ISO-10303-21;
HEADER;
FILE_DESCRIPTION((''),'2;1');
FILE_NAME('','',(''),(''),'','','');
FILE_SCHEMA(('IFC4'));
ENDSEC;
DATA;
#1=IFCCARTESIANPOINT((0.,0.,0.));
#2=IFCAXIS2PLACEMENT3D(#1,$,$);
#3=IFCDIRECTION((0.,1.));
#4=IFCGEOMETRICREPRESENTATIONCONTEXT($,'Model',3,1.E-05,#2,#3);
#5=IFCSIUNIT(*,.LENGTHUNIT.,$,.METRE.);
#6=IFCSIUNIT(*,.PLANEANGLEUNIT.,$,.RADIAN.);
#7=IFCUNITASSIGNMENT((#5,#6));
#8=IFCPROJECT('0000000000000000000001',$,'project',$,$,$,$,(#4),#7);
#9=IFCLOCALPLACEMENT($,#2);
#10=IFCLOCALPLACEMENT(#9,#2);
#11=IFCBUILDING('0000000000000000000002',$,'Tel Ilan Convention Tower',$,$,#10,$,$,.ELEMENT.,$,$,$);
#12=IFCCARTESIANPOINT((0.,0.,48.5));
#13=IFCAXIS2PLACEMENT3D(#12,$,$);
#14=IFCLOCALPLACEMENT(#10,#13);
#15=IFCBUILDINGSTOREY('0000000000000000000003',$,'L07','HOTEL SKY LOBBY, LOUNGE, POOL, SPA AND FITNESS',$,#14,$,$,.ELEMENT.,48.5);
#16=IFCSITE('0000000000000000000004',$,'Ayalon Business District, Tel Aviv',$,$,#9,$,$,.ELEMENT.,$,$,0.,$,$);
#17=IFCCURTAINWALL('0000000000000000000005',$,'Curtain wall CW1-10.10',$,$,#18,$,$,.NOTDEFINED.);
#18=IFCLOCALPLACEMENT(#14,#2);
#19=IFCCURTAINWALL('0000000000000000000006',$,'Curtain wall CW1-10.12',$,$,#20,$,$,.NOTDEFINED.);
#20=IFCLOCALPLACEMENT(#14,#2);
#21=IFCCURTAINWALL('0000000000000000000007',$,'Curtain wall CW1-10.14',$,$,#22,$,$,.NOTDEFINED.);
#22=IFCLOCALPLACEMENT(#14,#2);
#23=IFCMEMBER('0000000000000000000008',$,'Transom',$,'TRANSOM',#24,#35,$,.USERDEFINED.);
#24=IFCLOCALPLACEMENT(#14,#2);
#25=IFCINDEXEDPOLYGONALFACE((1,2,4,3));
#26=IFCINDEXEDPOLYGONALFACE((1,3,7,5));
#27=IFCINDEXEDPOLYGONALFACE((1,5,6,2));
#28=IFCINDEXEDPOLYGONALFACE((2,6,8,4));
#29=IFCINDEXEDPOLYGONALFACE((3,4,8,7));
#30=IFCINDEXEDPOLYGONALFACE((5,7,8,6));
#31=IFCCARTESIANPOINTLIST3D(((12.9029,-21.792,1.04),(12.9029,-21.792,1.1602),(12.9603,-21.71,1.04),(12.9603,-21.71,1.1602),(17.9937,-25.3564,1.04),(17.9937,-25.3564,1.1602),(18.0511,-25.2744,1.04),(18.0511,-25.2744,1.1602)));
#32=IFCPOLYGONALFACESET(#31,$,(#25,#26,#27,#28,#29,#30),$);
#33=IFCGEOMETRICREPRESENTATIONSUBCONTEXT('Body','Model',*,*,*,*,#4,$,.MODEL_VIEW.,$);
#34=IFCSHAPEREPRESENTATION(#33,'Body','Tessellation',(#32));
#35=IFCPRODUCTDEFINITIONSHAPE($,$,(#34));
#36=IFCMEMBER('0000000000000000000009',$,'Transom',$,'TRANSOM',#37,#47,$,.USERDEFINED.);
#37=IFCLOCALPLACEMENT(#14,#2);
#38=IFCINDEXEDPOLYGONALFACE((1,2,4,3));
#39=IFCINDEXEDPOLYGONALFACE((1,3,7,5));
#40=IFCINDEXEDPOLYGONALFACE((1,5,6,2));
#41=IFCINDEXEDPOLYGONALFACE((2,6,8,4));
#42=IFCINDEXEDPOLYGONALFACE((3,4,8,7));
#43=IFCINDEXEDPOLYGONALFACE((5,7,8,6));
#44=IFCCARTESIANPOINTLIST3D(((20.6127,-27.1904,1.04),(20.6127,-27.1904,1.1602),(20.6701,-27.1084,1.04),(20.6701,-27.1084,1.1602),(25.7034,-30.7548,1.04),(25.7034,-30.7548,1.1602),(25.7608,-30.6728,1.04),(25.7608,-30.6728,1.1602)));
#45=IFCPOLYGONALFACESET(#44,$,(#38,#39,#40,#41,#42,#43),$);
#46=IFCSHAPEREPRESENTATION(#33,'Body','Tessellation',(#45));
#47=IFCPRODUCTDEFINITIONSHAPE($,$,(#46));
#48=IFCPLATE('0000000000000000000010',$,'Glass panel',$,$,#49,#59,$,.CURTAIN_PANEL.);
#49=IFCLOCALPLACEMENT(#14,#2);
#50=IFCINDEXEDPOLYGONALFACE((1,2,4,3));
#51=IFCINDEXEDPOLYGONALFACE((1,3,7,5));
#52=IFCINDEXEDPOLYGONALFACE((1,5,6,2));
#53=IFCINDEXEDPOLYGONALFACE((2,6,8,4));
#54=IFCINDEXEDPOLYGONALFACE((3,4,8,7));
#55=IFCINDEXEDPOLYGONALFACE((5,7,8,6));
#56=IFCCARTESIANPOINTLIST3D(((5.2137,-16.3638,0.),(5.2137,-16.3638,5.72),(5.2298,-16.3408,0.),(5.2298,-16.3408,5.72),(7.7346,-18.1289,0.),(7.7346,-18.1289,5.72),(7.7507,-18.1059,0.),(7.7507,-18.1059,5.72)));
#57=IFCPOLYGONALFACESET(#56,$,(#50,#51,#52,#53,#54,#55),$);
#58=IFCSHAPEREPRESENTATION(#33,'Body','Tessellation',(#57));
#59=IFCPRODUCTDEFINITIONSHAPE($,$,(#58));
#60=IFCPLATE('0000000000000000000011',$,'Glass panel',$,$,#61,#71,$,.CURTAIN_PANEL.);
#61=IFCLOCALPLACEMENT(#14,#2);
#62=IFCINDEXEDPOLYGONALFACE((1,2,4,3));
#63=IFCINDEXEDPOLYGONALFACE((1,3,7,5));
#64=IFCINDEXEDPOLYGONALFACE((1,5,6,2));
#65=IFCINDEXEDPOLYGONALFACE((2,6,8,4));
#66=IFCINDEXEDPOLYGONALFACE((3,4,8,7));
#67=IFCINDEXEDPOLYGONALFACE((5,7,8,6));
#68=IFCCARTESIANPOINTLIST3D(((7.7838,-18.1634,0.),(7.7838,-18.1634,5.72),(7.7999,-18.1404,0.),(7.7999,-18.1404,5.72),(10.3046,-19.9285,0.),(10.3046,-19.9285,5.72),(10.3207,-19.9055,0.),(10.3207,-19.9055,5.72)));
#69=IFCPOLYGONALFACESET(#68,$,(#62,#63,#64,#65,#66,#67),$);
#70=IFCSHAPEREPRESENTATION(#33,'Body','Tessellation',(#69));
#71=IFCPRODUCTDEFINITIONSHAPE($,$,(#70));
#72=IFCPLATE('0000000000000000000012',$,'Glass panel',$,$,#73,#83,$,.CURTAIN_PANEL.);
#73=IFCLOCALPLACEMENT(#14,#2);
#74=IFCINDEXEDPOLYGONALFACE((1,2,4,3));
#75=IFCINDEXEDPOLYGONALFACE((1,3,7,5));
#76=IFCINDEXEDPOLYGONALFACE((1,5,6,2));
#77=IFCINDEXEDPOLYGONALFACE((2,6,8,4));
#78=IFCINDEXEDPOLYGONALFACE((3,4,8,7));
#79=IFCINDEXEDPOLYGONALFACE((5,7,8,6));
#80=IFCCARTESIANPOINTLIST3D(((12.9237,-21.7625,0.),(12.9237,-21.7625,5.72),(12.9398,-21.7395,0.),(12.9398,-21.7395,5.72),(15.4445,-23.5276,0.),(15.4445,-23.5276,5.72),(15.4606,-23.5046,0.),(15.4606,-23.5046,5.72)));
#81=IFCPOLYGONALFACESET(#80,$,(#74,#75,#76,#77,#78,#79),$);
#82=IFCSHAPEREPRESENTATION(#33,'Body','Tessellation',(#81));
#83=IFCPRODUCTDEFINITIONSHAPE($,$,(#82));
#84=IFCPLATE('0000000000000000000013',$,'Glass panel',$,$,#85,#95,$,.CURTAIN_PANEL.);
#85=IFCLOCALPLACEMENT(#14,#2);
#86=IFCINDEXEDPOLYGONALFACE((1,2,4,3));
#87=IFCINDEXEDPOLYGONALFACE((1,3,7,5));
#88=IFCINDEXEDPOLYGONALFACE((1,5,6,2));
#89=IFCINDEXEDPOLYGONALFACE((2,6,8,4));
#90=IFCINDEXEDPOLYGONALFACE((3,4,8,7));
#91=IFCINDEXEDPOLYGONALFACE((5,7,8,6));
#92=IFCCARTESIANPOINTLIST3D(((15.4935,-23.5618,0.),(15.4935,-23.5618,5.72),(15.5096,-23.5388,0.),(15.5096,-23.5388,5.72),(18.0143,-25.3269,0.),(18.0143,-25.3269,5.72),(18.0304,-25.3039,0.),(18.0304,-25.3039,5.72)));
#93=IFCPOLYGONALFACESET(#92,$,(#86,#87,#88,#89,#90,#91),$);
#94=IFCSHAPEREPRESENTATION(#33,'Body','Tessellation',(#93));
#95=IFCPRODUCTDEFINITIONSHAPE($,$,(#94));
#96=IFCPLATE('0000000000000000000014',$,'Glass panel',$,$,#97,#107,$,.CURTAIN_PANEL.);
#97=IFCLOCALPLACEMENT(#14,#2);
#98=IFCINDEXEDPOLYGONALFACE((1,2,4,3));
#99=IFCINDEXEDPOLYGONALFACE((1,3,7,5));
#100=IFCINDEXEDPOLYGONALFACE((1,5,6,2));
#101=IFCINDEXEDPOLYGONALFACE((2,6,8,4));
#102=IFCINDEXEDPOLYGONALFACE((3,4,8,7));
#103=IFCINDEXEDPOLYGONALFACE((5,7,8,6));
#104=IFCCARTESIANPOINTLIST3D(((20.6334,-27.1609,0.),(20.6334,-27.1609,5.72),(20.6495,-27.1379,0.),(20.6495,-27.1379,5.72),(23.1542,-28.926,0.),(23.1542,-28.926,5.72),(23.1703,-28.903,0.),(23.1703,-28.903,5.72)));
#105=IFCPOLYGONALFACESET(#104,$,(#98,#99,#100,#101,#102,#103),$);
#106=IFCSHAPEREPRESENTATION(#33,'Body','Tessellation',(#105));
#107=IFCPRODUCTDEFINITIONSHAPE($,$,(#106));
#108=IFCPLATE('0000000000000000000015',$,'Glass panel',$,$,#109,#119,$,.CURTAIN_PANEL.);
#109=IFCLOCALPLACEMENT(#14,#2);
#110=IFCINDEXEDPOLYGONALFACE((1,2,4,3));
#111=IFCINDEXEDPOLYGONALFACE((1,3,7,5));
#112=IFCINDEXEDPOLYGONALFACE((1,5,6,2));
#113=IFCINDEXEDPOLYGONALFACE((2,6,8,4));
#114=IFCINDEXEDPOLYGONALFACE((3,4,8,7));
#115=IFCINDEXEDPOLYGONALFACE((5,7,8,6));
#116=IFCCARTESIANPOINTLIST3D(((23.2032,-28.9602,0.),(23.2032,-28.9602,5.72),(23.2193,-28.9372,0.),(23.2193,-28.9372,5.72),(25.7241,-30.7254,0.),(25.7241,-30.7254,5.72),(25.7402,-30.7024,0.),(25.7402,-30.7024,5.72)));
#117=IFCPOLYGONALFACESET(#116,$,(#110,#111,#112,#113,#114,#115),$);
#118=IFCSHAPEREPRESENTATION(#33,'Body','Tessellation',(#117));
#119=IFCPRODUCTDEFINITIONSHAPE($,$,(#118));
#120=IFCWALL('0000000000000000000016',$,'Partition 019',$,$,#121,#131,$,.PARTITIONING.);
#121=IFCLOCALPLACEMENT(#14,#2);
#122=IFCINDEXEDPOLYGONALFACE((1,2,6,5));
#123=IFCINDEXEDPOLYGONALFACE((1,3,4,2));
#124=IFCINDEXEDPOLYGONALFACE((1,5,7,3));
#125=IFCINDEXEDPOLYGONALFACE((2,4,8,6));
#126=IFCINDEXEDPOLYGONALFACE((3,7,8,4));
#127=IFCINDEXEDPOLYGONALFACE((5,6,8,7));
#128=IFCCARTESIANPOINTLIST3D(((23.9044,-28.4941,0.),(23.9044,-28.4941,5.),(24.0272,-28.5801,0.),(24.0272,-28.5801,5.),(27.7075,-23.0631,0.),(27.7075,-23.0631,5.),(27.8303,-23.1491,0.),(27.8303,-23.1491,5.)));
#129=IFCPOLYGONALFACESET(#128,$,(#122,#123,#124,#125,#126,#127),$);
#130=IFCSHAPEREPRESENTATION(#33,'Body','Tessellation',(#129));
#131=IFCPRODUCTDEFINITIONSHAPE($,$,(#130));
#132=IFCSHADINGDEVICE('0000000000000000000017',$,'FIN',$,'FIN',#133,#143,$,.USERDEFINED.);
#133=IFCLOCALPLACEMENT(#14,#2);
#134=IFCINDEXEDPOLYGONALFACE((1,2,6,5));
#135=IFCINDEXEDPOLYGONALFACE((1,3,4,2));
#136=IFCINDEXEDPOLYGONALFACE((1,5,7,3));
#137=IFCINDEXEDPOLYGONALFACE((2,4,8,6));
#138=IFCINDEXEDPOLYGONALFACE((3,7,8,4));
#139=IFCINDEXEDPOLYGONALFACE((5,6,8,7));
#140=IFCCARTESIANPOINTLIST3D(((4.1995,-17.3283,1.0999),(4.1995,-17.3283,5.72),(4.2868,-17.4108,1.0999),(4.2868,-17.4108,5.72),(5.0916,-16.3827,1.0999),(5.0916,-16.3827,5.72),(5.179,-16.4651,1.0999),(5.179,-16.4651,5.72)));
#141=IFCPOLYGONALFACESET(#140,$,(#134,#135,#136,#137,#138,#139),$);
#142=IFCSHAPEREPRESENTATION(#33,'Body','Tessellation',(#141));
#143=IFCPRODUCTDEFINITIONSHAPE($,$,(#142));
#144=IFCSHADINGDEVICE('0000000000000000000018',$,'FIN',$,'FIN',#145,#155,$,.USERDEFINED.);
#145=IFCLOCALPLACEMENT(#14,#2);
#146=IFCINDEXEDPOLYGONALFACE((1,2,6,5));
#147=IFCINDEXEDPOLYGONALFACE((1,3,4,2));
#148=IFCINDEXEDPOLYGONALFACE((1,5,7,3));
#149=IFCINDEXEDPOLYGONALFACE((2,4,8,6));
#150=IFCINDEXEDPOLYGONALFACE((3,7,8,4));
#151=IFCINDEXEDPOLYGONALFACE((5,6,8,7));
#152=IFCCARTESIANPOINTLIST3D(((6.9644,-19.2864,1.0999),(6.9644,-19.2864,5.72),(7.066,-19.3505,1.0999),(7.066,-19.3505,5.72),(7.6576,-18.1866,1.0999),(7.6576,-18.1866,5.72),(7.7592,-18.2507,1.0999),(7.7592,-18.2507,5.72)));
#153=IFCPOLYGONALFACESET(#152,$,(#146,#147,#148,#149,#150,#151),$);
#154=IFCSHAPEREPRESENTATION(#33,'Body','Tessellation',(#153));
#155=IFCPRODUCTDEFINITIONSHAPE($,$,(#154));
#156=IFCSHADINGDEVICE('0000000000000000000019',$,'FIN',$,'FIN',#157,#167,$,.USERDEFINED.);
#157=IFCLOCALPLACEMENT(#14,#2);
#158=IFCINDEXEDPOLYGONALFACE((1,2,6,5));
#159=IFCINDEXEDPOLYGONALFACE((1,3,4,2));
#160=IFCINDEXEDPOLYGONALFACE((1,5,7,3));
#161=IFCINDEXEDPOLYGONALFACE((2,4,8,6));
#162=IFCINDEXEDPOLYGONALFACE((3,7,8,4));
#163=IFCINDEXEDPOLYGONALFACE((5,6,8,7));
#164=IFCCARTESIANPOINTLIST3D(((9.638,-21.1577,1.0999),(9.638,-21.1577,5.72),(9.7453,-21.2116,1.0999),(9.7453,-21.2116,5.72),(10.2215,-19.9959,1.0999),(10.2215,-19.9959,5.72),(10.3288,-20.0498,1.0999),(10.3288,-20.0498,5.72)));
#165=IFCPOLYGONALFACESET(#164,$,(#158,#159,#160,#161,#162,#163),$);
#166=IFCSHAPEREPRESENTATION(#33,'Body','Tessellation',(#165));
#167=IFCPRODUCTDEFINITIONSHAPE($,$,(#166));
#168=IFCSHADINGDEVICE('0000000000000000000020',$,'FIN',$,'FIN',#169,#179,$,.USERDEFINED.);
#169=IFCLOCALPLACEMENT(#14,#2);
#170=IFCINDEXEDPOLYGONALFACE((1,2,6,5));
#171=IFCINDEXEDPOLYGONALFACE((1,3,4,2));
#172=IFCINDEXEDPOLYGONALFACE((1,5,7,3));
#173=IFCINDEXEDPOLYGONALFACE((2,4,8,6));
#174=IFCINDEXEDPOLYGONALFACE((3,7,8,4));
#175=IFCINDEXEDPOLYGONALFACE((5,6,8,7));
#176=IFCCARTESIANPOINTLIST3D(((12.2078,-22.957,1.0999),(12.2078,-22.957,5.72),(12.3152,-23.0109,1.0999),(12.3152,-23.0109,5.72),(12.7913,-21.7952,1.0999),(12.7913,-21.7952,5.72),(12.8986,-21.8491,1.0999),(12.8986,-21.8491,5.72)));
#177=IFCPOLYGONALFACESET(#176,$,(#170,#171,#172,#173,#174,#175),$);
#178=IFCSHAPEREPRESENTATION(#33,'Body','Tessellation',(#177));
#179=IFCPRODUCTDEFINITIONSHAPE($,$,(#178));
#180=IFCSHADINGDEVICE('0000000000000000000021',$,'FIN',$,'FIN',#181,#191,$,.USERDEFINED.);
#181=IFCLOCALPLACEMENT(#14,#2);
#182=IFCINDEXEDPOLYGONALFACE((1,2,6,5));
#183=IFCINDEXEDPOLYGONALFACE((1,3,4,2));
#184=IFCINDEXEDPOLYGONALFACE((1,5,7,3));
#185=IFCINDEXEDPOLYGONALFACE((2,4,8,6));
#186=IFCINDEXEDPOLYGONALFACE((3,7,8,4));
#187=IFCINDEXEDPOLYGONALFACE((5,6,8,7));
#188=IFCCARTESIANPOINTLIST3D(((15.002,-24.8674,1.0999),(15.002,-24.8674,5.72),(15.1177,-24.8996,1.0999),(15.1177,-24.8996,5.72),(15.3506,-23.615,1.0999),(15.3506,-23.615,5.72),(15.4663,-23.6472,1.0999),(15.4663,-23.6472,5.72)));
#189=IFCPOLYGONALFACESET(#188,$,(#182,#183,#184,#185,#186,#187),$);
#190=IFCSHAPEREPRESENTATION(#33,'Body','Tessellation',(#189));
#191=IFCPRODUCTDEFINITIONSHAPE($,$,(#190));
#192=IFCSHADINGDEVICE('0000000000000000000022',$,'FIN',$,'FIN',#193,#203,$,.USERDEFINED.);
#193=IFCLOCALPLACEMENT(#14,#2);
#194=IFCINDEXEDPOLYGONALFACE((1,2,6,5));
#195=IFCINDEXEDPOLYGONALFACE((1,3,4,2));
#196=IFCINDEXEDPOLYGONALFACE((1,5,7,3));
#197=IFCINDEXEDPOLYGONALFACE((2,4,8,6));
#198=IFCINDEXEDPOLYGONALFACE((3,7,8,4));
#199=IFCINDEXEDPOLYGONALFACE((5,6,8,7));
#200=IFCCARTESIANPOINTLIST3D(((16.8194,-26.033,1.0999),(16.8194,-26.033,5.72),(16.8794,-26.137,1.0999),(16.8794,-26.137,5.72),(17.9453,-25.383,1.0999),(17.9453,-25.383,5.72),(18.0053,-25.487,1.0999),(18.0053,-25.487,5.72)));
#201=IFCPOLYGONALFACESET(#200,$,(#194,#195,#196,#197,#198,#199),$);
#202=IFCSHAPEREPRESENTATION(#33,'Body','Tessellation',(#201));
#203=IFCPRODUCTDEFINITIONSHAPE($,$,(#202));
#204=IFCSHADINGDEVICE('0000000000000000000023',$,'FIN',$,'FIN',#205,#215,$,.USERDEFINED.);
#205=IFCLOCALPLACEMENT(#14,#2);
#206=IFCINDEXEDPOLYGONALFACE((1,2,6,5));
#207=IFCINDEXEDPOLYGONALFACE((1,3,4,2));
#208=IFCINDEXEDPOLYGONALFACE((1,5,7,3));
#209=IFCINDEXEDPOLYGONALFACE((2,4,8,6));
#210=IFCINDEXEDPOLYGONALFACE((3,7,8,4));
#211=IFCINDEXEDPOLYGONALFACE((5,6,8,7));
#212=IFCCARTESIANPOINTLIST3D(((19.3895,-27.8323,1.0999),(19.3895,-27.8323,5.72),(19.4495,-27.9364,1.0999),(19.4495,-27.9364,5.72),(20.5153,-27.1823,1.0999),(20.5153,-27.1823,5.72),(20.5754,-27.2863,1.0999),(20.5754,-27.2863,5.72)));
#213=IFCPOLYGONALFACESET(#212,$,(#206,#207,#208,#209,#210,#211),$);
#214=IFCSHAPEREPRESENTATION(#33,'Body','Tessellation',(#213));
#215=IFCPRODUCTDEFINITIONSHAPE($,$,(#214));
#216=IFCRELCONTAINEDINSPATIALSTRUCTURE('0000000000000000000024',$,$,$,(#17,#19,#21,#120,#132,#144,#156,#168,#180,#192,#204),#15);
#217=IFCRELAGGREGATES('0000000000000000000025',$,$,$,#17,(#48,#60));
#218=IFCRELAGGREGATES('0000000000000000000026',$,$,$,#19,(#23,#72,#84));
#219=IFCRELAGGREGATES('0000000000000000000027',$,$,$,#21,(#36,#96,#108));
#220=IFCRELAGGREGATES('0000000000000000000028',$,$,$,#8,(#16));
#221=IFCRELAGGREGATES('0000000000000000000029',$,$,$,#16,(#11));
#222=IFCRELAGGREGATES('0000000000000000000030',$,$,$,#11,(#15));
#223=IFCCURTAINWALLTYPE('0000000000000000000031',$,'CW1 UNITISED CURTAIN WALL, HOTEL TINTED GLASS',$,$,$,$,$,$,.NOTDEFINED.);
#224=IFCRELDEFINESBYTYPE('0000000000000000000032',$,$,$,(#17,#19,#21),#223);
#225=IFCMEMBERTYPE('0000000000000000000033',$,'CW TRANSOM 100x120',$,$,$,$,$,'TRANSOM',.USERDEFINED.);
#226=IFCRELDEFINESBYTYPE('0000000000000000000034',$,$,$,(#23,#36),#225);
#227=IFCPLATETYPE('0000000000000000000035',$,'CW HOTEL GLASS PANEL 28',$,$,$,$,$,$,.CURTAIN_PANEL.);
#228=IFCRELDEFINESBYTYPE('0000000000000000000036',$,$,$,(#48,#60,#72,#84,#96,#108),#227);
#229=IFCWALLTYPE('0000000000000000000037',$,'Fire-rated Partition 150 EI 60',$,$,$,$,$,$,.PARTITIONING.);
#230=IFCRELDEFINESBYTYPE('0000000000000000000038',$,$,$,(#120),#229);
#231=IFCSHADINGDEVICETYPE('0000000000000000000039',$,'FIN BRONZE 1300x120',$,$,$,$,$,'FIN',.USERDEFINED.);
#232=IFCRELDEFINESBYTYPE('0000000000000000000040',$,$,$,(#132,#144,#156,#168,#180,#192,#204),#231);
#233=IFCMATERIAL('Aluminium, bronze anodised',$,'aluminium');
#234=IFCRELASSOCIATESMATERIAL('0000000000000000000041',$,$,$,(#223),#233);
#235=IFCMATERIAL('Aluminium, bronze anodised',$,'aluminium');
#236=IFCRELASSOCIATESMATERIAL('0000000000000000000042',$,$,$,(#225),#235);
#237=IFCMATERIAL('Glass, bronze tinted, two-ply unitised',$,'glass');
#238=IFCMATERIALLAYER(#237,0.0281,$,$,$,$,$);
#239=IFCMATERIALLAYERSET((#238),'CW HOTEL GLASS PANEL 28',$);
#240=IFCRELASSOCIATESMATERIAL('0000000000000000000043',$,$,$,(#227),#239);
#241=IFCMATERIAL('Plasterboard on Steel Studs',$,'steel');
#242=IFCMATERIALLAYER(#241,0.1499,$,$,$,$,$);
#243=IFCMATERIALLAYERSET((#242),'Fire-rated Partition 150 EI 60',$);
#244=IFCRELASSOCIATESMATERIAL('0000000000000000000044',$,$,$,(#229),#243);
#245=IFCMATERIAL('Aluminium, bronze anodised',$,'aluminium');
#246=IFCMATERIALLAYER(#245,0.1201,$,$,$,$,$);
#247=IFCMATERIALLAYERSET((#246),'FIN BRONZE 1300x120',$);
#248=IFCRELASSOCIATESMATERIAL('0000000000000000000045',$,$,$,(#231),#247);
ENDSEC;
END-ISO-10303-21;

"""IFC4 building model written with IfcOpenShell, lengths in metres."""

from ifc_helpers import new_model, si_unit, direction, frame, frame_2d, origin, origin_2d, place, context, subcontext, project, spatial, rectangle, extrude, material, layer, layer_set, material_profile, profile_set, type_object, element, aggregate, save


model = new_model("IFC4")

# Units and contexts
model_context = context("Model", 3, precision=1e-05, world=origin(), true_north=direction((0.0, 1.0)))
body_context = subcontext(model_context, "Body", "Model", "MODEL_VIEW")
ifc_project = project(units=[si_unit("LENGTHUNIT", "METRE"), si_unit("PLANEANGLEUNIT", "RADIAN")], contexts=[model_context])

# Site, building, storey
site_placement = place(None, origin())
site = spatial("IfcSite", under=ifc_project, at=site_placement, Name="Ayalon Business District, Tel Aviv", CompositionType="ELEMENT", RefElevation=0.0)
building_placement = place(site_placement, origin())
building = spatial("IfcBuilding", under=site, at=building_placement, Name="Tel Ilan Convention Tower", CompositionType="ELEMENT")
storey_placement = place(building_placement, frame((0.0, 0.0, 48.5)))
storey = spatial("IfcBuildingStorey", under=building, at=storey_placement, Name="L07", Description="HOTEL SKY LOBBY, LOUNGE, POOL, SPA AND FITNESS", CompositionType="ELEMENT", Elevation=48.5)

# Curtain wall
ifc_material_1 = material(Name="Aluminium, bronze anodised", Category="aluminium")
curtain_wall_type = type_object("IfcCurtainWallType", Name="CW1 UNITISED CURTAIN WALL, HOTEL TINTED GLASS", PredefinedType="NOTDEFINED", material=ifc_material_1)
curtain_wall_1_placement = place(storey_placement, origin())
curtain_wall_1 = element("IfcCurtainWall", 1, at=curtain_wall_1_placement, inside=storey, type_object=curtain_wall_type, Name="Curtain wall CW1-10.10", PredefinedType="NOTDEFINED")

# Curtain wall
curtain_wall_2_placement = place(storey_placement, origin())
curtain_wall_2 = element("IfcCurtainWall", 2, at=curtain_wall_2_placement, inside=storey, type_object=curtain_wall_type, Name="Curtain wall CW1-10.12", PredefinedType="NOTDEFINED")

# Curtain wall
curtain_wall_3_placement = place(storey_placement, origin())
curtain_wall_3 = element("IfcCurtainWall", 3, at=curtain_wall_3_placement, inside=storey, type_object=curtain_wall_type, Name="Curtain wall CW1-10.14", PredefinedType="NOTDEFINED")

# Members
ifc_material_2 = material(Name="Aluminium, bronze anodised", Category="aluminium")
ifc_material_profile_1 = material_profile(ifc_material_2, rectangle(XDim=0.1001, YDim=0.1201, at=origin_2d()), Name="CW TRANSOM 100x120")
ifc_profile_set_1 = profile_set([ifc_material_profile_1], Name="Aluminium, bronze anodised")
member_type_1 = type_object("IfcMemberType", Name="CW TRANSOM 100x120", ElementType="TRANSOM", PredefinedType="USERDEFINED", material=ifc_profile_set_1)
member_1_placement = place(storey_placement, frame((12.9316, -21.751, 1.1001), z_axis=(0.819165, -0.573557, 0.0), x_axis=(0.573557, 0.819165, 0.0)))
member_1 = element("IfcMember", 4, at=member_1_placement, type_object=member_type_1, Name="Transom", ObjectType="TRANSOM", PredefinedType="USERDEFINED", context=body_context, shape_type="SweptSolid", body=[
    extrude(rectangle(XDim=0.1001, YDim=0.1201, at=origin_2d()), origin(), (0.0, 0.0, 1.0), 6.2146),
])
member_2_placement = place(storey_placement, frame((20.6414, -27.1494, 1.1001), z_axis=(0.819165, -0.573557, 0.0), x_axis=(0.573557, 0.819165, 0.0)))
member_2 = element("IfcMember", 5, at=member_2_placement, type_object=member_type_1, Name="Transom", ObjectType="TRANSOM", PredefinedType="USERDEFINED", context=body_context, shape_type="SweptSolid", body=[
    extrude(rectangle(XDim=0.1001, YDim=0.1201, at=origin_2d()), origin(), (0.0, 0.0, 1.0), 6.2146),
])

# Plates
ifc_material_3 = material(Name="Glass, bronze tinted, two-ply unitised", Category="glass")
ifc_layer_1 = layer(ifc_material_3, 0.0281)
ifc_layer_set_1 = layer_set([ifc_layer_1], Name="CW HOTEL GLASS PANEL 28")
plate_type = type_object("IfcPlateType", Name="CW HOTEL GLASS PANEL 28", PredefinedType="CURTAIN_PANEL", material=ifc_layer_set_1)
plate_1_placement = place(storey_placement, frame((6.4822, -17.2349, 0.0), z_axis=(0.0, 0.0, 1.0), x_axis=(0.819152, -0.573576, 0.0)))
plate_1 = element("IfcPlate", 6, at=plate_1_placement, type_object=plate_type, Name="Glass panel", PredefinedType="CURTAIN_PANEL", context=body_context, shape_type="SweptSolid", body=[
    extrude(rectangle(XDim=3.0774, YDim=0.0281, at=origin_2d()), origin(), (0.0, 0.0, 1.0), 5.72),
])
plate_2_placement = place(storey_placement, frame((9.0522, -19.0344, 0.0), z_axis=(0.0, 0.0, 1.0), x_axis=(0.819152, -0.573576, 0.0)))
plate_2 = element("IfcPlate", 7, at=plate_2_placement, type_object=plate_type, Name="Glass panel", PredefinedType="CURTAIN_PANEL", context=body_context, shape_type="SweptSolid", body=[
    extrude(rectangle(XDim=3.0774, YDim=0.0281, at=origin_2d()), origin(), (0.0, 0.0, 1.0), 5.72),
])
aggregate(curtain_wall_1, [plate_1, plate_2])
plate_3_placement = place(storey_placement, frame((14.1921, -22.6335, 0.0), z_axis=(0.0, 0.0, 1.0), x_axis=(0.819152, -0.573576, 0.0)))
plate_3 = element("IfcPlate", 8, at=plate_3_placement, type_object=plate_type, Name="Glass panel", PredefinedType="CURTAIN_PANEL", context=body_context, shape_type="SweptSolid", body=[
    extrude(rectangle(XDim=3.0774, YDim=0.0281, at=origin_2d()), origin(), (0.0, 0.0, 1.0), 5.72),
])
plate_4_placement = place(storey_placement, frame((16.762, -24.4329, 0.0), z_axis=(0.0, 0.0, 1.0), x_axis=(0.819152, -0.573576, 0.0)))
plate_4 = element("IfcPlate", 9, at=plate_4_placement, type_object=plate_type, Name="Glass panel", PredefinedType="CURTAIN_PANEL", context=body_context, shape_type="SweptSolid", body=[
    extrude(rectangle(XDim=3.0774, YDim=0.0281, at=origin_2d()), origin(), (0.0, 0.0, 1.0), 5.72),
])
aggregate(curtain_wall_2, [member_1, plate_3, plate_4])
plate_5_placement = place(storey_placement, frame((21.9019, -28.032, 0.0), z_axis=(0.0, 0.0, 1.0), x_axis=(0.819152, -0.573576, 0.0)))
plate_5 = element("IfcPlate", 10, at=plate_5_placement, type_object=plate_type, Name="Glass panel", PredefinedType="CURTAIN_PANEL", context=body_context, shape_type="SweptSolid", body=[
    extrude(rectangle(XDim=3.0774, YDim=0.0281, at=origin_2d()), origin(), (0.0, 0.0, 1.0), 5.72),
])
plate_6_placement = place(storey_placement, frame((24.4717, -29.8313, 0.0), z_axis=(0.0, 0.0, 1.0), x_axis=(0.819152, -0.573576, 0.0)))
plate_6 = element("IfcPlate", 11, at=plate_6_placement, type_object=plate_type, Name="Glass panel", PredefinedType="CURTAIN_PANEL", context=body_context, shape_type="SweptSolid", body=[
    extrude(rectangle(XDim=3.0774, YDim=0.0281, at=origin_2d()), origin(), (0.0, 0.0, 1.0), 5.72),
])
aggregate(curtain_wall_3, [member_2, plate_5, plate_6])

# Wall
ifc_material_4 = material(Name="Plasterboard on Steel Studs", Category="steel")
ifc_layer_2 = layer(ifc_material_4, 0.1499)
ifc_layer_set_2 = layer_set([ifc_layer_2], Name="Fire-rated Partition 150 EI 60")
wall_type_1 = type_object("IfcWallType", Name="Fire-rated Partition 150 EI 60", PredefinedType="PARTITIONING", material=ifc_layer_set_2)
wall_1_placement = place(storey_placement, frame((27.7688, -23.1062, 0.0), z_axis=(0.0, 0.0, 1.0), x_axis=(-0.573598, -0.819137, 0.0)))
element("IfcWall", 12, at=wall_1_placement, inside=storey, type_object=wall_type_1, Name="Partition 019", PredefinedType="PARTITIONING", context=body_context, shape_type="SweptSolid", body=[
    extrude(rectangle(XDim=6.6301, YDim=0.1499, at=frame_2d((3.3149, 0.0))), origin(), (0.0, 0.0, 1.0), 5.0),
])

# Shading devices
ifc_material_5 = material(Name="Aluminium, bronze anodised", Category="aluminium")
ifc_layer_3 = layer(ifc_material_5, 0.1201)
ifc_layer_set_3 = layer_set([ifc_layer_3], Name="FIN BRONZE 1300x120")
shading_device_type = type_object("IfcShadingDeviceType", Name="FIN BRONZE 1300x120", ElementType="FIN", PredefinedType="USERDEFINED", material=ifc_layer_set_3)
for number, where, z_axis, x_axis, name in (
    (13, (4.6892, -16.8967, 1.0999), (0.0, 0.0, 1.0), (-0.686242, -0.727374, 0.0), "FIN"),
    (14, (7.3618, -18.7686, 1.0999), (0.0, 0.0, 1.0), (-0.533204, -0.845986, 0.0), "FIN"),
    (15, (9.9834, -20.6038, 1.0999), (0.0, 0.0, 1.0), (-0.448799, -0.893633, 0.0), "FIN"),
    (16, (12.5532, -22.4031, 1.0999), (0.0, 0.0, 1.0), (-0.448799, -0.893633, 0.0), "FIN"),
    (17, (15.2341, -24.2573, 1.0999), (0.0, 0.0, 1.0), (-0.268173, -0.963371, 0.0), "FIN"),
    (18, (17.4124, -25.76, 1.0999), (0.0, 0.0, 1.0), (-0.866025, -0.5, 0.0), "FIN"),
    (19, (19.9824, -27.5593, 1.0999), (0.0, 0.0, 1.0), (-0.866025, -0.5, 0.0), "FIN"),
):
    element("IfcShadingDevice", number, at=place(storey_placement, frame(where, z_axis=z_axis, x_axis=x_axis)), inside=storey, type_object=shading_device_type, Name=name, ObjectType="FIN", PredefinedType="USERDEFINED", context=body_context, shape_type="SweptSolid", body=[
        extrude(rectangle(XDim=1.3, YDim=0.1201, at=origin_2d()), origin(), (0.0, 0.0, 1.0), 4.6201),
    ])

save(model, "model.ifc")
